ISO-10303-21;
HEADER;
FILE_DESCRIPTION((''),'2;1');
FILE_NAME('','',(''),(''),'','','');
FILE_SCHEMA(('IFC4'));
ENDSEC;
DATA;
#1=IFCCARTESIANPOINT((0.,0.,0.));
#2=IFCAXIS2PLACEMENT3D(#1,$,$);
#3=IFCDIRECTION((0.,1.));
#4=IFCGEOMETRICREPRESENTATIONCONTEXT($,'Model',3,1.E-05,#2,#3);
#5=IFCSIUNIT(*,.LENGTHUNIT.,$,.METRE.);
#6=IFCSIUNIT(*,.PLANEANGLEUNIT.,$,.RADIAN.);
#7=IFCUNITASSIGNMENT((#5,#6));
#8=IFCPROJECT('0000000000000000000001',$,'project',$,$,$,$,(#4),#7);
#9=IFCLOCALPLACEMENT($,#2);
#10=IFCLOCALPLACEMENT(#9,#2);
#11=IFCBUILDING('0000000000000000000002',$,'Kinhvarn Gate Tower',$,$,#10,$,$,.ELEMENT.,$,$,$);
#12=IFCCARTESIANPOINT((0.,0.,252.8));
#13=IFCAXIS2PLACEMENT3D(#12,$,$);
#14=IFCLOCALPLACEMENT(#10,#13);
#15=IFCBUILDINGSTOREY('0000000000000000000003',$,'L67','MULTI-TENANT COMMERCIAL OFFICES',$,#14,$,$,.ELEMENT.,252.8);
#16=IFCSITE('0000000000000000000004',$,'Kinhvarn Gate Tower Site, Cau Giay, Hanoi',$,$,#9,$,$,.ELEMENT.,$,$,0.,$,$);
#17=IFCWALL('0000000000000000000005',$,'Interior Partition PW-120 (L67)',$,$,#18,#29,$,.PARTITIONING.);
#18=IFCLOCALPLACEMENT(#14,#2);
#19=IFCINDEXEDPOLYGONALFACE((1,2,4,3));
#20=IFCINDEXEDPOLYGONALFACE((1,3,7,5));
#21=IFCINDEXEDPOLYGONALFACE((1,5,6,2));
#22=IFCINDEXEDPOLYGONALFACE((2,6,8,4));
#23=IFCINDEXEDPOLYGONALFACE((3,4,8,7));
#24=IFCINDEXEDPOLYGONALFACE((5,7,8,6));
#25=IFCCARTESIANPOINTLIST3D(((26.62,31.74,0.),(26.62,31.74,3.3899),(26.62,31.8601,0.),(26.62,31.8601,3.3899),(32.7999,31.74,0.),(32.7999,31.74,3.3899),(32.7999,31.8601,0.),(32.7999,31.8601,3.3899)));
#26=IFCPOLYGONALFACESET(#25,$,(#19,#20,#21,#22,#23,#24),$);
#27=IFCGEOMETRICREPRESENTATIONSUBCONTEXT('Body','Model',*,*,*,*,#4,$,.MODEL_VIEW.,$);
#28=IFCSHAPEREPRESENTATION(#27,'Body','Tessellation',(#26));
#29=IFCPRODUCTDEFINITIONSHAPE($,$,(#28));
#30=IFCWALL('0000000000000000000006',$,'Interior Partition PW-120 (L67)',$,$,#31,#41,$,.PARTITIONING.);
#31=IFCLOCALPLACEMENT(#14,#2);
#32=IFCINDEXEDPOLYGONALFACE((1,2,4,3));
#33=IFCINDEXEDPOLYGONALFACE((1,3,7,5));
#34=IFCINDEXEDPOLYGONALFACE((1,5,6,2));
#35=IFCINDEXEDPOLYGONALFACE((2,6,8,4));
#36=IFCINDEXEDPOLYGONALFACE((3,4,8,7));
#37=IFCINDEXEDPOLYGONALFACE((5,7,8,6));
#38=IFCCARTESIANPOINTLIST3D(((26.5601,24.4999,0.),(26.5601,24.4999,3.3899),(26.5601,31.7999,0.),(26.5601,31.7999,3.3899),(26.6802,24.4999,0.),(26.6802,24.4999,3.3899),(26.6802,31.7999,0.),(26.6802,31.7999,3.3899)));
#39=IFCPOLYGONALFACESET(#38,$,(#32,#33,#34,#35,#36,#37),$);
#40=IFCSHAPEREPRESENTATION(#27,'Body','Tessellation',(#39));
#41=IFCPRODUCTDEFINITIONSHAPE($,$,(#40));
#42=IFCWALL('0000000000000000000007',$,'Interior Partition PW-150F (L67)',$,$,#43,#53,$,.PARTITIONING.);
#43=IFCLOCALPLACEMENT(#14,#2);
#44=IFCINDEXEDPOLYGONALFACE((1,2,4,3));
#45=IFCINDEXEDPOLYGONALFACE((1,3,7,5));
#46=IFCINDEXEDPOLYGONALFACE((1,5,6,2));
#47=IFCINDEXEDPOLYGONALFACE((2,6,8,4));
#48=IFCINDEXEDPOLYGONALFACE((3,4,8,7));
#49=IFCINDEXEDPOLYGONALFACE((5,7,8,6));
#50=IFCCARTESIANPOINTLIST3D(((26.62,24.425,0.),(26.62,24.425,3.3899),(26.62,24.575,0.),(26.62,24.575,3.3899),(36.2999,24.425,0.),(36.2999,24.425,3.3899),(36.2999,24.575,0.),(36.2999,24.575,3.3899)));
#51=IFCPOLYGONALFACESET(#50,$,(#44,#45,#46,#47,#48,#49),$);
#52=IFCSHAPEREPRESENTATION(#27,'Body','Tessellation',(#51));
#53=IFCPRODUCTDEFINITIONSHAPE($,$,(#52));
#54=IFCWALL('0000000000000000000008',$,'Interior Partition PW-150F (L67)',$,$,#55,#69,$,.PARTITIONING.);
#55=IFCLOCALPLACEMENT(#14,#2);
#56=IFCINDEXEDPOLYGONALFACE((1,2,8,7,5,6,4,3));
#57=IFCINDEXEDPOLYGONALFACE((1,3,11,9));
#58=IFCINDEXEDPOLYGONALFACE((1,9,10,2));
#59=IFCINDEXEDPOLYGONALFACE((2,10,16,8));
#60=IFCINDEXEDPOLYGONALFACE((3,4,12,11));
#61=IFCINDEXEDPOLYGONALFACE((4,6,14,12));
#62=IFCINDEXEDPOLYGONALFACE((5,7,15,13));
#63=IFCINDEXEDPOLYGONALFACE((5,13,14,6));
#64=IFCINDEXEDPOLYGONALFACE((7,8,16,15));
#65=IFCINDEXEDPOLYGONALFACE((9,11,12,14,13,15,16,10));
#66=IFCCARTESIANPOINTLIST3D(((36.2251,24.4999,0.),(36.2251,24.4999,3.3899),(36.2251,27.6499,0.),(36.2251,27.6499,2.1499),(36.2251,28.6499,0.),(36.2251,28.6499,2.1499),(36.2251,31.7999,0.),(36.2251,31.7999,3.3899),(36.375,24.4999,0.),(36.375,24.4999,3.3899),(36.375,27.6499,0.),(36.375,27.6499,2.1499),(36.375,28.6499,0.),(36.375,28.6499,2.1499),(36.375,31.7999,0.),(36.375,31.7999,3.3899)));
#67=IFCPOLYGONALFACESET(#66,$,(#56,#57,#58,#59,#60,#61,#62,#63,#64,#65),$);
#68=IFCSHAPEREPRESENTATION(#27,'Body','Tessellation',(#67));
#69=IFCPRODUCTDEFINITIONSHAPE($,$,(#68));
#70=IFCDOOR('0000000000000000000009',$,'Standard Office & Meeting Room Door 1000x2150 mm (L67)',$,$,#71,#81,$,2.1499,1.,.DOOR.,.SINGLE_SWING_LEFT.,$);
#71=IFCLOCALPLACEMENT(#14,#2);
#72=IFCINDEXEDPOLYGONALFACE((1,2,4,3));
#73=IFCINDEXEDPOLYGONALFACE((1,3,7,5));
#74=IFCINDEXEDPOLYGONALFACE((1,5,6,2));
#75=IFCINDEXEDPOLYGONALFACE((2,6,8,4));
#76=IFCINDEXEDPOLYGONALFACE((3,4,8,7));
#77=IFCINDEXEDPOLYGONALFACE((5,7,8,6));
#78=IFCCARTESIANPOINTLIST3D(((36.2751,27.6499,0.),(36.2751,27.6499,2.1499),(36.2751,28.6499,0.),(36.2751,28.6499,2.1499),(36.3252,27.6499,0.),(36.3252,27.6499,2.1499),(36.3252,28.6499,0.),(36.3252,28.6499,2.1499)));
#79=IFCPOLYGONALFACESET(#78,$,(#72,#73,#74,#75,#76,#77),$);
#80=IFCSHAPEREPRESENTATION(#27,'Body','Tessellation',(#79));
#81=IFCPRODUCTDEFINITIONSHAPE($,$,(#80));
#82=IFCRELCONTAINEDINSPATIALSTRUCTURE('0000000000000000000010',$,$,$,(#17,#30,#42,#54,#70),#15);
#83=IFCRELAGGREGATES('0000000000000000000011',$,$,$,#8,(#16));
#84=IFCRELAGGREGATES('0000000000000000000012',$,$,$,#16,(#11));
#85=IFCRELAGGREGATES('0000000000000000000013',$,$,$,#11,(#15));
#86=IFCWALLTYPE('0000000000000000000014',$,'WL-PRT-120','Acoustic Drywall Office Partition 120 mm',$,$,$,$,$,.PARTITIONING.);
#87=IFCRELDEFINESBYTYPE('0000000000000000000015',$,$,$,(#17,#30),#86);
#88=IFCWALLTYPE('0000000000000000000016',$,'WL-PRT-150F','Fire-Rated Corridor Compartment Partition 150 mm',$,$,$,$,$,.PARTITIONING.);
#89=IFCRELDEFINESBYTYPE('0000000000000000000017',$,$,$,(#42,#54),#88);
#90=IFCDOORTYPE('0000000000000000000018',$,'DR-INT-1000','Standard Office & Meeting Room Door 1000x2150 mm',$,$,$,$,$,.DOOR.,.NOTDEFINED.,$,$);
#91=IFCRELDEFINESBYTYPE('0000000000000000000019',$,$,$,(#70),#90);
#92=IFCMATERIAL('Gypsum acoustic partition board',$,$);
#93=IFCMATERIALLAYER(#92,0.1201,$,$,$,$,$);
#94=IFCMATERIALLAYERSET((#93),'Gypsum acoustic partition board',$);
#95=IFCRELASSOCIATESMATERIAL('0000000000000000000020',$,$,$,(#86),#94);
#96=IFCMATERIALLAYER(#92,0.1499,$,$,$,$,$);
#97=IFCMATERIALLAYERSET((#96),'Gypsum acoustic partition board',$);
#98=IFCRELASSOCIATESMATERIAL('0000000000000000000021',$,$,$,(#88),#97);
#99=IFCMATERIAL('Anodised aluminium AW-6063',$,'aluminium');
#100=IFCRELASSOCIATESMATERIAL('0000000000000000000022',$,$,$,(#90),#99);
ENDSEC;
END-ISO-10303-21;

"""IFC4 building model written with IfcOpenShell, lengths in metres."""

from ifc_helpers import new_model, si_unit, direction, frame, frame_2d, origin, place, context, subcontext, project, spatial, rectangle, extrude, material, layer, layer_set, type_object, element, fill, save


model = new_model("IFC4")

# Units and contexts
model_context = context("Model", 3, precision=1e-05, world=origin(), true_north=direction((0.0, 1.0)))
body_context = subcontext(model_context, "Body", "Model", "MODEL_VIEW")
ifc_project = project(units=[si_unit("LENGTHUNIT", "METRE"), si_unit("PLANEANGLEUNIT", "RADIAN")], contexts=[model_context])

# Site, building, storey
site_placement = place(None, origin())
site = spatial("IfcSite", under=ifc_project, at=site_placement, Name="Kinhvarn Gate Tower Site, Cau Giay, Hanoi", CompositionType="ELEMENT", RefElevation=0.0)
building_placement = place(site_placement, origin())
building = spatial("IfcBuilding", under=site, at=building_placement, Name="Kinhvarn Gate Tower", CompositionType="ELEMENT")
storey_placement = place(building_placement, frame((0.0, 0.0, 252.8)))
storey = spatial("IfcBuildingStorey", under=building, at=storey_placement, Name="L67", Description="MULTI-TENANT COMMERCIAL OFFICES", CompositionType="ELEMENT", Elevation=252.8)

# Shared definitions
ifc_material_1 = material(Name="Gypsum acoustic partition board")

# Shared definitions
ifc_material_2 = material(Name="Anodised aluminium AW-6063", Category="aluminium")

# Walls
ifc_layer_1 = layer(ifc_material_1, 0.1201)
ifc_layer_set_1 = layer_set([ifc_layer_1], Name="Gypsum acoustic partition board")
wall_type_1 = type_object("IfcWallType", Name="WL-PRT-120", Description="Acoustic Drywall Office Partition 120 mm", PredefinedType="PARTITIONING", material=ifc_layer_set_1)
wall_1_placement = place(storey_placement, frame((26.6201, 31.8, 0.0), z_axis=(0.0, 0.0, 1.0), x_axis=(1.0, 0.0, 0.0)))
element("IfcWall", 1, at=wall_1_placement, inside=storey, type_object=wall_type_1, Name="Interior Partition PW-120 (L67)", PredefinedType="PARTITIONING", context=body_context, shape_type="SweptSolid", body=[
    extrude(rectangle(XDim=6.1799, YDim=0.1201, at=frame_2d((3.0898, 0.0))), origin(), (0.0, 0.0, 1.0), 3.3899),
])
wall_2_placement = place(storey_placement, frame((26.6201, 24.5, 0.0), z_axis=(0.0, 0.0, 1.0), x_axis=(0.0, 1.0, 0.0)))
element("IfcWall", 2, at=wall_2_placement, inside=storey, type_object=wall_type_1, Name="Interior Partition PW-120 (L67)", PredefinedType="PARTITIONING", context=body_context, shape_type="SweptSolid", body=[
    extrude(rectangle(XDim=7.3, YDim=0.1201, at=frame_2d((3.6499, 0.0))), origin(), (0.0, 0.0, 1.0), 3.3899),
])
ifc_layer_2 = layer(ifc_material_1, 0.1499)
ifc_layer_set_2 = layer_set([ifc_layer_2], Name="Gypsum acoustic partition board")
wall_type_2 = type_object("IfcWallType", Name="WL-PRT-150F", Description="Fire-Rated Corridor Compartment Partition 150 mm", PredefinedType="PARTITIONING", material=ifc_layer_set_2)
wall_3_placement = place(storey_placement, frame((26.6201, 24.5, 0.0), z_axis=(0.0, 0.0, 1.0), x_axis=(1.0, 0.0, 0.0)))
element("IfcWall", 3, at=wall_3_placement, inside=storey, type_object=wall_type_2, Name="Interior Partition PW-150F (L67)", PredefinedType="PARTITIONING", context=body_context, shape_type="SweptSolid", body=[
    extrude(rectangle(XDim=9.6799, YDim=0.1499, at=frame_2d((4.8398, 0.0))), origin(), (0.0, 0.0, 1.0), 3.3899),
])

# Wall, opening, door
wall_4_placement = place(storey_placement, frame((36.3, 24.5, 0.0), z_axis=(0.0, 0.0, 1.0), x_axis=(0.0, 1.0, 0.0)))
wall_4 = element("IfcWall", 4, at=wall_4_placement, inside=storey, type_object=wall_type_2, Name="Interior Partition PW-150F (L67)", PredefinedType="PARTITIONING", context=body_context, shape_type="SweptSolid", body=[
    extrude(rectangle(XDim=7.3, YDim=0.1499, at=frame_2d((3.6499, 0.0))), origin(), (0.0, 0.0, 1.0), 3.3899),
])
opening_1_placement = place(wall_4_placement, frame((3.1499, 0.0, 0.0)))
opening_1 = element("IfcOpeningElement", 5, at=opening_1_placement, cuts=wall_4, PredefinedType="OPENING", context=body_context, shape_type="SweptSolid", body=[
    extrude(rectangle(XDim=1.0, YDim=2.1499, at=frame_2d((0.5, 1.075))), frame((0.0, 0.085, 0.0), z_axis=(0.0, -1.0, 0.0), x_axis=(1.0, 0.0, 0.0)), (0.0, 0.0, 1.0), 0.1699),
])
door_type_1 = type_object("IfcDoorType", Name="DR-INT-1000", Description="Standard Office & Meeting Room Door 1000x2150 mm", OperationType="NOTDEFINED", PredefinedType="DOOR", material=ifc_material_2)
door_1_placement = place(opening_1_placement, origin())
door_1 = element("IfcDoor", 6, at=door_1_placement, inside=storey, type_object=door_type_1, Name="Standard Office & Meeting Room Door 1000x2150 mm (L67)", OperationType="SINGLE_SWING_LEFT", OverallHeight=2.1499, OverallWidth=1.0, PredefinedType="DOOR", context=body_context, shape_type="SweptSolid", body=[
    extrude(rectangle(XDim=1.0, YDim=2.1499, at=frame_2d((0.5, 1.075))), frame((0.0, 0.0249, 0.0), z_axis=(0.0, -1.0, 0.0), x_axis=(1.0, 0.0, 0.0)), (0.0, 0.0, 1.0), 0.05),
])
fill(opening_1, door_1)

save(model, "model.ifc")
